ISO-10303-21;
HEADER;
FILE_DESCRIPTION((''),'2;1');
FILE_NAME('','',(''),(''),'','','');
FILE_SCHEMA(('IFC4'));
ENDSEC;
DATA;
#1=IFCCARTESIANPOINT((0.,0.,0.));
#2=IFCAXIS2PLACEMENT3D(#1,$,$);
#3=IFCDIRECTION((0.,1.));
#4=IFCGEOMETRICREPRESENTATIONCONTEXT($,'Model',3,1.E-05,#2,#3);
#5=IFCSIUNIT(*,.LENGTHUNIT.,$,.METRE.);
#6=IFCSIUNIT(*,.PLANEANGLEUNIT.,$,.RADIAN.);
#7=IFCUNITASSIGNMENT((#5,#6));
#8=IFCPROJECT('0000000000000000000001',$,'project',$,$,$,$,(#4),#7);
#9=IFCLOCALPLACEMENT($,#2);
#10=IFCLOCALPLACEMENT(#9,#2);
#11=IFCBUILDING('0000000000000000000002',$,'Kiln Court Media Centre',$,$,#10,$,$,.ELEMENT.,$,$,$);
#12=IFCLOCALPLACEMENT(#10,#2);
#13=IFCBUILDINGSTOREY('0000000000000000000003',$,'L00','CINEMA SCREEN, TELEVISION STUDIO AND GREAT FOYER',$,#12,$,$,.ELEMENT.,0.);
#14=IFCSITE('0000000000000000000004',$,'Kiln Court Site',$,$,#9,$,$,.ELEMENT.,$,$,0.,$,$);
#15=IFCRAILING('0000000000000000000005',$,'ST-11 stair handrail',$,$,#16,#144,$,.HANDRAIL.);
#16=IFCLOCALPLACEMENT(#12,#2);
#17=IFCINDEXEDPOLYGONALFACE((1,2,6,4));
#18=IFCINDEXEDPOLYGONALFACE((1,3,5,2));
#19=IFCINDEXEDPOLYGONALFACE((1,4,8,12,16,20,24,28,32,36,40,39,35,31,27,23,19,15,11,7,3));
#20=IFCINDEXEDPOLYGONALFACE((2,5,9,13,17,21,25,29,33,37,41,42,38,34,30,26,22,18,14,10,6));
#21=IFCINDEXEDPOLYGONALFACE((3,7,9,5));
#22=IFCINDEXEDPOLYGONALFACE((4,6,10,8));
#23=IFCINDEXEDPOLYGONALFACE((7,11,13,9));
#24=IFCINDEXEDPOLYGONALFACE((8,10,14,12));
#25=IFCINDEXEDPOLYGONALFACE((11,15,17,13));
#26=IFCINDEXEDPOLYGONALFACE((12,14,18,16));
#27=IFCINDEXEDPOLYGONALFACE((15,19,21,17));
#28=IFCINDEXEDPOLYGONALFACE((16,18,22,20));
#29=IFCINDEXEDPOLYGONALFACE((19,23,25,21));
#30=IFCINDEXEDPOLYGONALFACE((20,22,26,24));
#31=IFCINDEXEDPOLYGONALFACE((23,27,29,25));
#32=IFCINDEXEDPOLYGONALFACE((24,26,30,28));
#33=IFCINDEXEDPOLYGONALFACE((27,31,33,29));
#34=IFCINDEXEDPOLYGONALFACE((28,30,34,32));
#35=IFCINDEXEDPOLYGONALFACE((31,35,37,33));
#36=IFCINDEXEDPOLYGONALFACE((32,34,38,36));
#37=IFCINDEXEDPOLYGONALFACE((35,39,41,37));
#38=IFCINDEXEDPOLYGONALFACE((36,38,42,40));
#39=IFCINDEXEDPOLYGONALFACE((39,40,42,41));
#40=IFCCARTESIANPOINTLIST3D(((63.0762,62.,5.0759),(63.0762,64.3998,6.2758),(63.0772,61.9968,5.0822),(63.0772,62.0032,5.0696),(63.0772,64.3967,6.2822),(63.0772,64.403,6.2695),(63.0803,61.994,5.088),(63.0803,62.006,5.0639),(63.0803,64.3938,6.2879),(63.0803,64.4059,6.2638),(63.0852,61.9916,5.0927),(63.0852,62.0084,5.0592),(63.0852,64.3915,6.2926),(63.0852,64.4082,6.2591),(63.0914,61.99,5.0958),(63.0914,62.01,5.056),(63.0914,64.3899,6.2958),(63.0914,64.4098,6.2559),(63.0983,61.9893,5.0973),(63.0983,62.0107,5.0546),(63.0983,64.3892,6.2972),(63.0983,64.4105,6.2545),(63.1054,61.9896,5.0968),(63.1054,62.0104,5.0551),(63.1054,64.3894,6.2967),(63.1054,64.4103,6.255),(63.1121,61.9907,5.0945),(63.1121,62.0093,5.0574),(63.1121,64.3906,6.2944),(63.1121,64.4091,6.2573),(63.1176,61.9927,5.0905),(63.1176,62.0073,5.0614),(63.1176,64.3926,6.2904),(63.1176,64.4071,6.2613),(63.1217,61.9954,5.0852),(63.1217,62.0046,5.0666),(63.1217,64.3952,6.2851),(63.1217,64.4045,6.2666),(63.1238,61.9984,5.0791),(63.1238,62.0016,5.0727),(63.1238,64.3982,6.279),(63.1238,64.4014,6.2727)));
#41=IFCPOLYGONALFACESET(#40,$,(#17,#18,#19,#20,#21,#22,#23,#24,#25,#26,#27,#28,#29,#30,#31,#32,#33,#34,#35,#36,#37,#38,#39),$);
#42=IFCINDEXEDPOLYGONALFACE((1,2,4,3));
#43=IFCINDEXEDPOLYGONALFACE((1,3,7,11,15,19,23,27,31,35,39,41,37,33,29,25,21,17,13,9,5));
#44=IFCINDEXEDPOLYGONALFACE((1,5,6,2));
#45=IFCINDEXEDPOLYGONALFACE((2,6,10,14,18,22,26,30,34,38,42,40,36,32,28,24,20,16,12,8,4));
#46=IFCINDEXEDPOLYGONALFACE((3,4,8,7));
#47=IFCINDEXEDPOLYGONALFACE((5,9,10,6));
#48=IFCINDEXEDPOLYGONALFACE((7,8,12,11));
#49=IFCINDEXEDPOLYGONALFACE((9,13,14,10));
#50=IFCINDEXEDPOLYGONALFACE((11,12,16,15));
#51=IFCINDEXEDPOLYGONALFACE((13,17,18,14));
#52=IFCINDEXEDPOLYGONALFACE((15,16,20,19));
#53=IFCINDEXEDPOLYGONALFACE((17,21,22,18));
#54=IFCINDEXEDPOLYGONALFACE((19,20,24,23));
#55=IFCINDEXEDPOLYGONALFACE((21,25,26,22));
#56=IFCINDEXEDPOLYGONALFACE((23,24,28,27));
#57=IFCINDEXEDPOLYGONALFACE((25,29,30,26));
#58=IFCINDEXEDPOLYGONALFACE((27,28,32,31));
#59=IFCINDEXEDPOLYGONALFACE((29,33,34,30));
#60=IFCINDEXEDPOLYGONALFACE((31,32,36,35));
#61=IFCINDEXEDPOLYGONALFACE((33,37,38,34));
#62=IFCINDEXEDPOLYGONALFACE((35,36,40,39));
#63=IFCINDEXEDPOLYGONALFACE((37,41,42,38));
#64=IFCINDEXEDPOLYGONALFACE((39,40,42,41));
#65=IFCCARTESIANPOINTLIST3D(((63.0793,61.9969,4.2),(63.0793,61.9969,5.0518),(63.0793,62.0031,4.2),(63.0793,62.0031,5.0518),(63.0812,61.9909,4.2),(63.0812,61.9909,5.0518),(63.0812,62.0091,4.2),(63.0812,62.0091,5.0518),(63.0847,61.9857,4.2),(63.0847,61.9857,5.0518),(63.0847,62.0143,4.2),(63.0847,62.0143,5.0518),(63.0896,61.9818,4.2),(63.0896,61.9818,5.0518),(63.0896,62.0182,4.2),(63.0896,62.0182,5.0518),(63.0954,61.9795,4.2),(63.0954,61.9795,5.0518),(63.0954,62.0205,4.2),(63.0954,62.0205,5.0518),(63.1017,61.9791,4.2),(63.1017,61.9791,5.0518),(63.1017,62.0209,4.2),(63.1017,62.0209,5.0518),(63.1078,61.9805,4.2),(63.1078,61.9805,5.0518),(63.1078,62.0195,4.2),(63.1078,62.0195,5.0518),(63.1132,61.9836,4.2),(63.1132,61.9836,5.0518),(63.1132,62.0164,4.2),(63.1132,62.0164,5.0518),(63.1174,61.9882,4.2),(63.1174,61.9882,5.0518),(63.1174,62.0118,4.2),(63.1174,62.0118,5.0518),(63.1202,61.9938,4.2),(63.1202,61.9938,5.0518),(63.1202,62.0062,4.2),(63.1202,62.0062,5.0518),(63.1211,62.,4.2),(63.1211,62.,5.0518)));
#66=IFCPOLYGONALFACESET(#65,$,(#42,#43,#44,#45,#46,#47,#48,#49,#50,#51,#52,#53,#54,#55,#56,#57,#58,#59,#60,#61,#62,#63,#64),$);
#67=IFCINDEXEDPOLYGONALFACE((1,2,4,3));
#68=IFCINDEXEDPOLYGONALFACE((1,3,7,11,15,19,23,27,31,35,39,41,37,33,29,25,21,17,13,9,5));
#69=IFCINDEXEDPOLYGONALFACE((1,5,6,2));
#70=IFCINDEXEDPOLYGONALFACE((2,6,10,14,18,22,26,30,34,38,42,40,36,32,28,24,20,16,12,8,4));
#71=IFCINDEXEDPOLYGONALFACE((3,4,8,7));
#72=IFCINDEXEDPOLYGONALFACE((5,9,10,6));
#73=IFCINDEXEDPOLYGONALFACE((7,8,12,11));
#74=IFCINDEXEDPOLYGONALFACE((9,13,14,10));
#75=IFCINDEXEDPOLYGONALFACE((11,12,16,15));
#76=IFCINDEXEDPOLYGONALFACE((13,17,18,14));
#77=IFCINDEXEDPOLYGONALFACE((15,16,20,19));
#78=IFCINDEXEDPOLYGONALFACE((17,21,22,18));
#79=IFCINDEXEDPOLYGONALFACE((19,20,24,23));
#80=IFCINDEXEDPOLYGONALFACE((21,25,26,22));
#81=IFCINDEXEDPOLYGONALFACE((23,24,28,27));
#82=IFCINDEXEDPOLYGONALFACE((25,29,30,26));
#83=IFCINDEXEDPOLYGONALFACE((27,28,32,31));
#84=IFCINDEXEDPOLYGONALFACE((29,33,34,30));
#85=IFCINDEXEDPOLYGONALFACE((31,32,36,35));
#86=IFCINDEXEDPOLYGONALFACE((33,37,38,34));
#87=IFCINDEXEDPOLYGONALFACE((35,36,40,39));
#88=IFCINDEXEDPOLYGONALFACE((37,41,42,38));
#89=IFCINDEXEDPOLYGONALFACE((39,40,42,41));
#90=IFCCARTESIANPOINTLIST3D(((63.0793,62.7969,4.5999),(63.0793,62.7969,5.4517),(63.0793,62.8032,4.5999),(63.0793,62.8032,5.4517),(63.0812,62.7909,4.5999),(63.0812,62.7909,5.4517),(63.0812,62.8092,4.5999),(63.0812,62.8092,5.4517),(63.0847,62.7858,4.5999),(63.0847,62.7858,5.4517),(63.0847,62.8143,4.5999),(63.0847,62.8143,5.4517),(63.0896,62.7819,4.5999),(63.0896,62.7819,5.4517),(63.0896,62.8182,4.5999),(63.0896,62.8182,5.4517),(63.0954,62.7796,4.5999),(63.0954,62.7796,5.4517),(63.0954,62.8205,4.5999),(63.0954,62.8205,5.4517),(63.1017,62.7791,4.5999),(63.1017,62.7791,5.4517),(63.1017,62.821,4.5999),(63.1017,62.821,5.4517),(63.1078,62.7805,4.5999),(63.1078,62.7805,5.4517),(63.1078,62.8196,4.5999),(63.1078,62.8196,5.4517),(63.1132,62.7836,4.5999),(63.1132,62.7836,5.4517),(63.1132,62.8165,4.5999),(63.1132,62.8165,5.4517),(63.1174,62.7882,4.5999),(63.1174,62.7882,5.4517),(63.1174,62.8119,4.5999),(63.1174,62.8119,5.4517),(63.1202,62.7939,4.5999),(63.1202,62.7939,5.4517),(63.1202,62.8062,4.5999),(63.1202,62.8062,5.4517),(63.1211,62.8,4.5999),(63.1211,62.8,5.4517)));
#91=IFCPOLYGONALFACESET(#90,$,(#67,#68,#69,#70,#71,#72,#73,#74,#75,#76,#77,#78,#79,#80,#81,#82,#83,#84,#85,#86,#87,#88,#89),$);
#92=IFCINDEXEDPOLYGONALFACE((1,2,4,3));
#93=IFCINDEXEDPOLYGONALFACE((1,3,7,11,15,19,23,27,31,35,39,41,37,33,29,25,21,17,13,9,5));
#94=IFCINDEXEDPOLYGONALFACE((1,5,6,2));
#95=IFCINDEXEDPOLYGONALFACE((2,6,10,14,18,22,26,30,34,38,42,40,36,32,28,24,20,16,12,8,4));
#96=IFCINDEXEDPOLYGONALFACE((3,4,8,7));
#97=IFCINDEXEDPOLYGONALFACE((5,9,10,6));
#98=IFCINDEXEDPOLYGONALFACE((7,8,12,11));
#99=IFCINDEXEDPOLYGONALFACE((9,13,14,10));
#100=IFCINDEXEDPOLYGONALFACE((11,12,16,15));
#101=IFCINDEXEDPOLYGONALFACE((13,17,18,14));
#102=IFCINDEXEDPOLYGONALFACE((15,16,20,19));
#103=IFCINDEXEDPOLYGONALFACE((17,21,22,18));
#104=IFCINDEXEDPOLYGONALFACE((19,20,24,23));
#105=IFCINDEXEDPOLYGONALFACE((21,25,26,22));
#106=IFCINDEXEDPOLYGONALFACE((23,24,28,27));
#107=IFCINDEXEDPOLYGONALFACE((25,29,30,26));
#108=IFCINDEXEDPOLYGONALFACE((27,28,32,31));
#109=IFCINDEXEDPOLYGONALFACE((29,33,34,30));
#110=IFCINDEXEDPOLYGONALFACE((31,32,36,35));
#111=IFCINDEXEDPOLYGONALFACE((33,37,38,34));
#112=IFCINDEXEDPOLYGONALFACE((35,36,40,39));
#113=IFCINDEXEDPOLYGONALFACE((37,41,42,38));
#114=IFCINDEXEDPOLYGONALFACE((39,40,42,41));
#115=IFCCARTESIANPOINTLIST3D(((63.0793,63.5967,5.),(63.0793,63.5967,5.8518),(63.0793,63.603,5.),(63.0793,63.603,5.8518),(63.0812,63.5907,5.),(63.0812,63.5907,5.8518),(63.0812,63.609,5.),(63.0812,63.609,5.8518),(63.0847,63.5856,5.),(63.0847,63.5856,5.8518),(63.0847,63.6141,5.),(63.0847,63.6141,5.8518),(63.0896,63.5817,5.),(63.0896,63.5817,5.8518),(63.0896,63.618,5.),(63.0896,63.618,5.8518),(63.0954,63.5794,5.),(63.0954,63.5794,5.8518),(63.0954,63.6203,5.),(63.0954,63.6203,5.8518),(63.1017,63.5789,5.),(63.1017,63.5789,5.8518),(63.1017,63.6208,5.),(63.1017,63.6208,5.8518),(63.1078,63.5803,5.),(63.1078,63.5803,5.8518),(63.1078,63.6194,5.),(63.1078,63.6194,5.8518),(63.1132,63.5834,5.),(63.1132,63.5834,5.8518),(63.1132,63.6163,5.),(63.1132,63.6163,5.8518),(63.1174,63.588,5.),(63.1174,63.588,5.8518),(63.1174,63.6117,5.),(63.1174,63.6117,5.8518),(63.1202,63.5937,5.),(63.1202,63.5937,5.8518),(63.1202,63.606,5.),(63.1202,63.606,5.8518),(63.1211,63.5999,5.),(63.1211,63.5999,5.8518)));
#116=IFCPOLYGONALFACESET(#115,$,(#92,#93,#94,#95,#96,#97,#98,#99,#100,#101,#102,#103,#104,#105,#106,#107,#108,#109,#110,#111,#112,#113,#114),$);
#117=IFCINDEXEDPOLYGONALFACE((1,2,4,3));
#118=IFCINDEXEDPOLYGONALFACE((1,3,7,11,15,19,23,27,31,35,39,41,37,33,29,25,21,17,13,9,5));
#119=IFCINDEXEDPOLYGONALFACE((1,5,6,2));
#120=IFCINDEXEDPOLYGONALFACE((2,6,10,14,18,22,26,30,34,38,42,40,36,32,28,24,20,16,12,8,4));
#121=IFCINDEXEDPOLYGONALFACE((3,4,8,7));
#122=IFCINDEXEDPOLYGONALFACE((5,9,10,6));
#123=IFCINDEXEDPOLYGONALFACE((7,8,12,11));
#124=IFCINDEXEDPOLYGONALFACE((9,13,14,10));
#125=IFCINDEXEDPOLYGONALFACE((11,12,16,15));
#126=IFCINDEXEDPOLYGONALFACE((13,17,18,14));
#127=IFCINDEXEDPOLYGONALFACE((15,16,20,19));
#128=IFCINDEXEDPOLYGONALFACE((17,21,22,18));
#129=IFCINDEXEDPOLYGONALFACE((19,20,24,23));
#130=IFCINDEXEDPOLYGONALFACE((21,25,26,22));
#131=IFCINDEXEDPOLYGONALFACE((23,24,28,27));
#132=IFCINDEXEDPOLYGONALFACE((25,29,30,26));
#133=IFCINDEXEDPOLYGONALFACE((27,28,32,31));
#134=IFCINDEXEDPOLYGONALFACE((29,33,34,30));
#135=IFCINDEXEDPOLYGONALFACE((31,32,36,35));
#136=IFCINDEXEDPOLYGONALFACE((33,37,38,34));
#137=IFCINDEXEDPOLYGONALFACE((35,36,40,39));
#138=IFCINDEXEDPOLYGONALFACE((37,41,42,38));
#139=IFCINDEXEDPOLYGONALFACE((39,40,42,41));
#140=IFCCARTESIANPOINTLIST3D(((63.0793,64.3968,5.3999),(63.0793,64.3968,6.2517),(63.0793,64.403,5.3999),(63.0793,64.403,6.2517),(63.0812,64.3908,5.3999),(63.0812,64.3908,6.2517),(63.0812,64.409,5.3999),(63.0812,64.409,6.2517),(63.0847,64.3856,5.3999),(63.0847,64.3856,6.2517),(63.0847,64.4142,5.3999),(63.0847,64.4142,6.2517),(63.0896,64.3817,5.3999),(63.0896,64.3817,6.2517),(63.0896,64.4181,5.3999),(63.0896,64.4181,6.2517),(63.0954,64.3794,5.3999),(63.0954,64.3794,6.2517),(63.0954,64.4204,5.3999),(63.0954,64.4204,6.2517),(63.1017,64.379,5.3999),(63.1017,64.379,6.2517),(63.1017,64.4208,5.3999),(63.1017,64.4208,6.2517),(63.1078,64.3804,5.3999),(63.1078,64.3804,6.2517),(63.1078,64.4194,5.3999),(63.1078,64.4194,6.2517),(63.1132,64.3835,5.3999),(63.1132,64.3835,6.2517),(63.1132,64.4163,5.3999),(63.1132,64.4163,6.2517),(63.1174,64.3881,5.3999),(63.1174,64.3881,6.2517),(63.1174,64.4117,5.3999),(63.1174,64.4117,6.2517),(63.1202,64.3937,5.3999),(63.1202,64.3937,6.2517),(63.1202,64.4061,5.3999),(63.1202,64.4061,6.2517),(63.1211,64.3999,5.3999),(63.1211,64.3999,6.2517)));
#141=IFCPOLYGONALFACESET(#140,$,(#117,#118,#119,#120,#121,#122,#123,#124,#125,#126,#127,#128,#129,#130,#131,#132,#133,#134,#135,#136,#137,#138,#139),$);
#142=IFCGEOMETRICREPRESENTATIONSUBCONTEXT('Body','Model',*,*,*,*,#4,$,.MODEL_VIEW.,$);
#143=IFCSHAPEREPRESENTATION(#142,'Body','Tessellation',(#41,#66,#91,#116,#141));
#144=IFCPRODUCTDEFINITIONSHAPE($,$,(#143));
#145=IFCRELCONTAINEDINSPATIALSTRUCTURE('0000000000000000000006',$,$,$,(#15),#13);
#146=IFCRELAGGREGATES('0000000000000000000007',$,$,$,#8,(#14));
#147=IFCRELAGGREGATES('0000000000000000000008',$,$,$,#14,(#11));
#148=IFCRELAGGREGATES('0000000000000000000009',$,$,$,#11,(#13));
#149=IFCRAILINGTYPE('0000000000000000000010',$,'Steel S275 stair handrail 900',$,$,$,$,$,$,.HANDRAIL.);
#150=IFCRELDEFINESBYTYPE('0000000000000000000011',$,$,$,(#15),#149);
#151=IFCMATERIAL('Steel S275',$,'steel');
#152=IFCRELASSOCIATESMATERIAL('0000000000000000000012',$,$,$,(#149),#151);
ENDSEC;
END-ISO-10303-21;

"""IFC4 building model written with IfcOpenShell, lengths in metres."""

from ifc_helpers import new_model, si_unit, direction, frame, origin, origin_2d, place, context, subcontext, project, spatial, circle, extrude, material, type_object, element, save


model = new_model("IFC4")

# Units and contexts
model_context = context("Model", 3, precision=1e-05, world=origin(), true_north=direction((0.0, 1.0)))
body_context = subcontext(model_context, "Body", "Model", "MODEL_VIEW")
ifc_project = project(units=[si_unit("LENGTHUNIT", "METRE"), si_unit("PLANEANGLEUNIT", "RADIAN")], contexts=[model_context])

# Site, building, storey
site_placement = place(None, origin())
site = spatial("IfcSite", under=ifc_project, at=site_placement, Name="Kiln Court Site", CompositionType="ELEMENT", RefElevation=0.0)
building_placement = place(site_placement, origin())
building = spatial("IfcBuilding", under=site, at=building_placement, Name="Kiln Court Media Centre", CompositionType="ELEMENT")
storey_placement = place(building_placement, origin())
storey = spatial("IfcBuildingStorey", under=building, at=storey_placement, Name="L00", Description="CINEMA SCREEN, TELEVISION STUDIO AND GREAT FOYER", CompositionType="ELEMENT", Elevation=0.0)

# Railing
ifc_material_1 = material(Name="Steel S275", Category="steel")
railing_type_1 = type_object("IfcRailingType", Name="Steel S275 stair handrail 900", PredefinedType="HANDRAIL", material=ifc_material_1)
for number, where, name in (
    (1, (63.1001, 62.0, 4.2), "ST-11 stair handrail"),
):
    element("IfcRailing", number, at=place(storey_placement, frame(where)), inside=storey, type_object=railing_type_1, Name=name, PredefinedType="HANDRAIL", context=body_context, shape_type="SweptSolid", body=[
        extrude(circle(Radius=0.0239, at=origin_2d()), frame((0.0, 0.0, 0.876), z_axis=(0.0, 0.894427, 0.447214), x_axis=(-1.0, 0.0, 0.0)), (0.0, 0.0, 1.0), 2.6831),
        extrude(circle(Radius=0.021, at=origin_2d()), origin(), (0.0, 0.0, 1.0), 0.8518),
        extrude(circle(Radius=0.021, at=origin_2d()), frame((0.0, 0.8, 0.3999)), (0.0, 0.0, 1.0), 0.8518),
        extrude(circle(Radius=0.021, at=origin_2d()), frame((0.0, 1.5999, 0.8)), (0.0, 0.0, 1.0), 0.8518),
        extrude(circle(Radius=0.021, at=origin_2d()), frame((0.0, 2.3999, 1.2)), (0.0, 0.0, 1.0), 0.8518),
    ])

save(model, "model.ifc")
